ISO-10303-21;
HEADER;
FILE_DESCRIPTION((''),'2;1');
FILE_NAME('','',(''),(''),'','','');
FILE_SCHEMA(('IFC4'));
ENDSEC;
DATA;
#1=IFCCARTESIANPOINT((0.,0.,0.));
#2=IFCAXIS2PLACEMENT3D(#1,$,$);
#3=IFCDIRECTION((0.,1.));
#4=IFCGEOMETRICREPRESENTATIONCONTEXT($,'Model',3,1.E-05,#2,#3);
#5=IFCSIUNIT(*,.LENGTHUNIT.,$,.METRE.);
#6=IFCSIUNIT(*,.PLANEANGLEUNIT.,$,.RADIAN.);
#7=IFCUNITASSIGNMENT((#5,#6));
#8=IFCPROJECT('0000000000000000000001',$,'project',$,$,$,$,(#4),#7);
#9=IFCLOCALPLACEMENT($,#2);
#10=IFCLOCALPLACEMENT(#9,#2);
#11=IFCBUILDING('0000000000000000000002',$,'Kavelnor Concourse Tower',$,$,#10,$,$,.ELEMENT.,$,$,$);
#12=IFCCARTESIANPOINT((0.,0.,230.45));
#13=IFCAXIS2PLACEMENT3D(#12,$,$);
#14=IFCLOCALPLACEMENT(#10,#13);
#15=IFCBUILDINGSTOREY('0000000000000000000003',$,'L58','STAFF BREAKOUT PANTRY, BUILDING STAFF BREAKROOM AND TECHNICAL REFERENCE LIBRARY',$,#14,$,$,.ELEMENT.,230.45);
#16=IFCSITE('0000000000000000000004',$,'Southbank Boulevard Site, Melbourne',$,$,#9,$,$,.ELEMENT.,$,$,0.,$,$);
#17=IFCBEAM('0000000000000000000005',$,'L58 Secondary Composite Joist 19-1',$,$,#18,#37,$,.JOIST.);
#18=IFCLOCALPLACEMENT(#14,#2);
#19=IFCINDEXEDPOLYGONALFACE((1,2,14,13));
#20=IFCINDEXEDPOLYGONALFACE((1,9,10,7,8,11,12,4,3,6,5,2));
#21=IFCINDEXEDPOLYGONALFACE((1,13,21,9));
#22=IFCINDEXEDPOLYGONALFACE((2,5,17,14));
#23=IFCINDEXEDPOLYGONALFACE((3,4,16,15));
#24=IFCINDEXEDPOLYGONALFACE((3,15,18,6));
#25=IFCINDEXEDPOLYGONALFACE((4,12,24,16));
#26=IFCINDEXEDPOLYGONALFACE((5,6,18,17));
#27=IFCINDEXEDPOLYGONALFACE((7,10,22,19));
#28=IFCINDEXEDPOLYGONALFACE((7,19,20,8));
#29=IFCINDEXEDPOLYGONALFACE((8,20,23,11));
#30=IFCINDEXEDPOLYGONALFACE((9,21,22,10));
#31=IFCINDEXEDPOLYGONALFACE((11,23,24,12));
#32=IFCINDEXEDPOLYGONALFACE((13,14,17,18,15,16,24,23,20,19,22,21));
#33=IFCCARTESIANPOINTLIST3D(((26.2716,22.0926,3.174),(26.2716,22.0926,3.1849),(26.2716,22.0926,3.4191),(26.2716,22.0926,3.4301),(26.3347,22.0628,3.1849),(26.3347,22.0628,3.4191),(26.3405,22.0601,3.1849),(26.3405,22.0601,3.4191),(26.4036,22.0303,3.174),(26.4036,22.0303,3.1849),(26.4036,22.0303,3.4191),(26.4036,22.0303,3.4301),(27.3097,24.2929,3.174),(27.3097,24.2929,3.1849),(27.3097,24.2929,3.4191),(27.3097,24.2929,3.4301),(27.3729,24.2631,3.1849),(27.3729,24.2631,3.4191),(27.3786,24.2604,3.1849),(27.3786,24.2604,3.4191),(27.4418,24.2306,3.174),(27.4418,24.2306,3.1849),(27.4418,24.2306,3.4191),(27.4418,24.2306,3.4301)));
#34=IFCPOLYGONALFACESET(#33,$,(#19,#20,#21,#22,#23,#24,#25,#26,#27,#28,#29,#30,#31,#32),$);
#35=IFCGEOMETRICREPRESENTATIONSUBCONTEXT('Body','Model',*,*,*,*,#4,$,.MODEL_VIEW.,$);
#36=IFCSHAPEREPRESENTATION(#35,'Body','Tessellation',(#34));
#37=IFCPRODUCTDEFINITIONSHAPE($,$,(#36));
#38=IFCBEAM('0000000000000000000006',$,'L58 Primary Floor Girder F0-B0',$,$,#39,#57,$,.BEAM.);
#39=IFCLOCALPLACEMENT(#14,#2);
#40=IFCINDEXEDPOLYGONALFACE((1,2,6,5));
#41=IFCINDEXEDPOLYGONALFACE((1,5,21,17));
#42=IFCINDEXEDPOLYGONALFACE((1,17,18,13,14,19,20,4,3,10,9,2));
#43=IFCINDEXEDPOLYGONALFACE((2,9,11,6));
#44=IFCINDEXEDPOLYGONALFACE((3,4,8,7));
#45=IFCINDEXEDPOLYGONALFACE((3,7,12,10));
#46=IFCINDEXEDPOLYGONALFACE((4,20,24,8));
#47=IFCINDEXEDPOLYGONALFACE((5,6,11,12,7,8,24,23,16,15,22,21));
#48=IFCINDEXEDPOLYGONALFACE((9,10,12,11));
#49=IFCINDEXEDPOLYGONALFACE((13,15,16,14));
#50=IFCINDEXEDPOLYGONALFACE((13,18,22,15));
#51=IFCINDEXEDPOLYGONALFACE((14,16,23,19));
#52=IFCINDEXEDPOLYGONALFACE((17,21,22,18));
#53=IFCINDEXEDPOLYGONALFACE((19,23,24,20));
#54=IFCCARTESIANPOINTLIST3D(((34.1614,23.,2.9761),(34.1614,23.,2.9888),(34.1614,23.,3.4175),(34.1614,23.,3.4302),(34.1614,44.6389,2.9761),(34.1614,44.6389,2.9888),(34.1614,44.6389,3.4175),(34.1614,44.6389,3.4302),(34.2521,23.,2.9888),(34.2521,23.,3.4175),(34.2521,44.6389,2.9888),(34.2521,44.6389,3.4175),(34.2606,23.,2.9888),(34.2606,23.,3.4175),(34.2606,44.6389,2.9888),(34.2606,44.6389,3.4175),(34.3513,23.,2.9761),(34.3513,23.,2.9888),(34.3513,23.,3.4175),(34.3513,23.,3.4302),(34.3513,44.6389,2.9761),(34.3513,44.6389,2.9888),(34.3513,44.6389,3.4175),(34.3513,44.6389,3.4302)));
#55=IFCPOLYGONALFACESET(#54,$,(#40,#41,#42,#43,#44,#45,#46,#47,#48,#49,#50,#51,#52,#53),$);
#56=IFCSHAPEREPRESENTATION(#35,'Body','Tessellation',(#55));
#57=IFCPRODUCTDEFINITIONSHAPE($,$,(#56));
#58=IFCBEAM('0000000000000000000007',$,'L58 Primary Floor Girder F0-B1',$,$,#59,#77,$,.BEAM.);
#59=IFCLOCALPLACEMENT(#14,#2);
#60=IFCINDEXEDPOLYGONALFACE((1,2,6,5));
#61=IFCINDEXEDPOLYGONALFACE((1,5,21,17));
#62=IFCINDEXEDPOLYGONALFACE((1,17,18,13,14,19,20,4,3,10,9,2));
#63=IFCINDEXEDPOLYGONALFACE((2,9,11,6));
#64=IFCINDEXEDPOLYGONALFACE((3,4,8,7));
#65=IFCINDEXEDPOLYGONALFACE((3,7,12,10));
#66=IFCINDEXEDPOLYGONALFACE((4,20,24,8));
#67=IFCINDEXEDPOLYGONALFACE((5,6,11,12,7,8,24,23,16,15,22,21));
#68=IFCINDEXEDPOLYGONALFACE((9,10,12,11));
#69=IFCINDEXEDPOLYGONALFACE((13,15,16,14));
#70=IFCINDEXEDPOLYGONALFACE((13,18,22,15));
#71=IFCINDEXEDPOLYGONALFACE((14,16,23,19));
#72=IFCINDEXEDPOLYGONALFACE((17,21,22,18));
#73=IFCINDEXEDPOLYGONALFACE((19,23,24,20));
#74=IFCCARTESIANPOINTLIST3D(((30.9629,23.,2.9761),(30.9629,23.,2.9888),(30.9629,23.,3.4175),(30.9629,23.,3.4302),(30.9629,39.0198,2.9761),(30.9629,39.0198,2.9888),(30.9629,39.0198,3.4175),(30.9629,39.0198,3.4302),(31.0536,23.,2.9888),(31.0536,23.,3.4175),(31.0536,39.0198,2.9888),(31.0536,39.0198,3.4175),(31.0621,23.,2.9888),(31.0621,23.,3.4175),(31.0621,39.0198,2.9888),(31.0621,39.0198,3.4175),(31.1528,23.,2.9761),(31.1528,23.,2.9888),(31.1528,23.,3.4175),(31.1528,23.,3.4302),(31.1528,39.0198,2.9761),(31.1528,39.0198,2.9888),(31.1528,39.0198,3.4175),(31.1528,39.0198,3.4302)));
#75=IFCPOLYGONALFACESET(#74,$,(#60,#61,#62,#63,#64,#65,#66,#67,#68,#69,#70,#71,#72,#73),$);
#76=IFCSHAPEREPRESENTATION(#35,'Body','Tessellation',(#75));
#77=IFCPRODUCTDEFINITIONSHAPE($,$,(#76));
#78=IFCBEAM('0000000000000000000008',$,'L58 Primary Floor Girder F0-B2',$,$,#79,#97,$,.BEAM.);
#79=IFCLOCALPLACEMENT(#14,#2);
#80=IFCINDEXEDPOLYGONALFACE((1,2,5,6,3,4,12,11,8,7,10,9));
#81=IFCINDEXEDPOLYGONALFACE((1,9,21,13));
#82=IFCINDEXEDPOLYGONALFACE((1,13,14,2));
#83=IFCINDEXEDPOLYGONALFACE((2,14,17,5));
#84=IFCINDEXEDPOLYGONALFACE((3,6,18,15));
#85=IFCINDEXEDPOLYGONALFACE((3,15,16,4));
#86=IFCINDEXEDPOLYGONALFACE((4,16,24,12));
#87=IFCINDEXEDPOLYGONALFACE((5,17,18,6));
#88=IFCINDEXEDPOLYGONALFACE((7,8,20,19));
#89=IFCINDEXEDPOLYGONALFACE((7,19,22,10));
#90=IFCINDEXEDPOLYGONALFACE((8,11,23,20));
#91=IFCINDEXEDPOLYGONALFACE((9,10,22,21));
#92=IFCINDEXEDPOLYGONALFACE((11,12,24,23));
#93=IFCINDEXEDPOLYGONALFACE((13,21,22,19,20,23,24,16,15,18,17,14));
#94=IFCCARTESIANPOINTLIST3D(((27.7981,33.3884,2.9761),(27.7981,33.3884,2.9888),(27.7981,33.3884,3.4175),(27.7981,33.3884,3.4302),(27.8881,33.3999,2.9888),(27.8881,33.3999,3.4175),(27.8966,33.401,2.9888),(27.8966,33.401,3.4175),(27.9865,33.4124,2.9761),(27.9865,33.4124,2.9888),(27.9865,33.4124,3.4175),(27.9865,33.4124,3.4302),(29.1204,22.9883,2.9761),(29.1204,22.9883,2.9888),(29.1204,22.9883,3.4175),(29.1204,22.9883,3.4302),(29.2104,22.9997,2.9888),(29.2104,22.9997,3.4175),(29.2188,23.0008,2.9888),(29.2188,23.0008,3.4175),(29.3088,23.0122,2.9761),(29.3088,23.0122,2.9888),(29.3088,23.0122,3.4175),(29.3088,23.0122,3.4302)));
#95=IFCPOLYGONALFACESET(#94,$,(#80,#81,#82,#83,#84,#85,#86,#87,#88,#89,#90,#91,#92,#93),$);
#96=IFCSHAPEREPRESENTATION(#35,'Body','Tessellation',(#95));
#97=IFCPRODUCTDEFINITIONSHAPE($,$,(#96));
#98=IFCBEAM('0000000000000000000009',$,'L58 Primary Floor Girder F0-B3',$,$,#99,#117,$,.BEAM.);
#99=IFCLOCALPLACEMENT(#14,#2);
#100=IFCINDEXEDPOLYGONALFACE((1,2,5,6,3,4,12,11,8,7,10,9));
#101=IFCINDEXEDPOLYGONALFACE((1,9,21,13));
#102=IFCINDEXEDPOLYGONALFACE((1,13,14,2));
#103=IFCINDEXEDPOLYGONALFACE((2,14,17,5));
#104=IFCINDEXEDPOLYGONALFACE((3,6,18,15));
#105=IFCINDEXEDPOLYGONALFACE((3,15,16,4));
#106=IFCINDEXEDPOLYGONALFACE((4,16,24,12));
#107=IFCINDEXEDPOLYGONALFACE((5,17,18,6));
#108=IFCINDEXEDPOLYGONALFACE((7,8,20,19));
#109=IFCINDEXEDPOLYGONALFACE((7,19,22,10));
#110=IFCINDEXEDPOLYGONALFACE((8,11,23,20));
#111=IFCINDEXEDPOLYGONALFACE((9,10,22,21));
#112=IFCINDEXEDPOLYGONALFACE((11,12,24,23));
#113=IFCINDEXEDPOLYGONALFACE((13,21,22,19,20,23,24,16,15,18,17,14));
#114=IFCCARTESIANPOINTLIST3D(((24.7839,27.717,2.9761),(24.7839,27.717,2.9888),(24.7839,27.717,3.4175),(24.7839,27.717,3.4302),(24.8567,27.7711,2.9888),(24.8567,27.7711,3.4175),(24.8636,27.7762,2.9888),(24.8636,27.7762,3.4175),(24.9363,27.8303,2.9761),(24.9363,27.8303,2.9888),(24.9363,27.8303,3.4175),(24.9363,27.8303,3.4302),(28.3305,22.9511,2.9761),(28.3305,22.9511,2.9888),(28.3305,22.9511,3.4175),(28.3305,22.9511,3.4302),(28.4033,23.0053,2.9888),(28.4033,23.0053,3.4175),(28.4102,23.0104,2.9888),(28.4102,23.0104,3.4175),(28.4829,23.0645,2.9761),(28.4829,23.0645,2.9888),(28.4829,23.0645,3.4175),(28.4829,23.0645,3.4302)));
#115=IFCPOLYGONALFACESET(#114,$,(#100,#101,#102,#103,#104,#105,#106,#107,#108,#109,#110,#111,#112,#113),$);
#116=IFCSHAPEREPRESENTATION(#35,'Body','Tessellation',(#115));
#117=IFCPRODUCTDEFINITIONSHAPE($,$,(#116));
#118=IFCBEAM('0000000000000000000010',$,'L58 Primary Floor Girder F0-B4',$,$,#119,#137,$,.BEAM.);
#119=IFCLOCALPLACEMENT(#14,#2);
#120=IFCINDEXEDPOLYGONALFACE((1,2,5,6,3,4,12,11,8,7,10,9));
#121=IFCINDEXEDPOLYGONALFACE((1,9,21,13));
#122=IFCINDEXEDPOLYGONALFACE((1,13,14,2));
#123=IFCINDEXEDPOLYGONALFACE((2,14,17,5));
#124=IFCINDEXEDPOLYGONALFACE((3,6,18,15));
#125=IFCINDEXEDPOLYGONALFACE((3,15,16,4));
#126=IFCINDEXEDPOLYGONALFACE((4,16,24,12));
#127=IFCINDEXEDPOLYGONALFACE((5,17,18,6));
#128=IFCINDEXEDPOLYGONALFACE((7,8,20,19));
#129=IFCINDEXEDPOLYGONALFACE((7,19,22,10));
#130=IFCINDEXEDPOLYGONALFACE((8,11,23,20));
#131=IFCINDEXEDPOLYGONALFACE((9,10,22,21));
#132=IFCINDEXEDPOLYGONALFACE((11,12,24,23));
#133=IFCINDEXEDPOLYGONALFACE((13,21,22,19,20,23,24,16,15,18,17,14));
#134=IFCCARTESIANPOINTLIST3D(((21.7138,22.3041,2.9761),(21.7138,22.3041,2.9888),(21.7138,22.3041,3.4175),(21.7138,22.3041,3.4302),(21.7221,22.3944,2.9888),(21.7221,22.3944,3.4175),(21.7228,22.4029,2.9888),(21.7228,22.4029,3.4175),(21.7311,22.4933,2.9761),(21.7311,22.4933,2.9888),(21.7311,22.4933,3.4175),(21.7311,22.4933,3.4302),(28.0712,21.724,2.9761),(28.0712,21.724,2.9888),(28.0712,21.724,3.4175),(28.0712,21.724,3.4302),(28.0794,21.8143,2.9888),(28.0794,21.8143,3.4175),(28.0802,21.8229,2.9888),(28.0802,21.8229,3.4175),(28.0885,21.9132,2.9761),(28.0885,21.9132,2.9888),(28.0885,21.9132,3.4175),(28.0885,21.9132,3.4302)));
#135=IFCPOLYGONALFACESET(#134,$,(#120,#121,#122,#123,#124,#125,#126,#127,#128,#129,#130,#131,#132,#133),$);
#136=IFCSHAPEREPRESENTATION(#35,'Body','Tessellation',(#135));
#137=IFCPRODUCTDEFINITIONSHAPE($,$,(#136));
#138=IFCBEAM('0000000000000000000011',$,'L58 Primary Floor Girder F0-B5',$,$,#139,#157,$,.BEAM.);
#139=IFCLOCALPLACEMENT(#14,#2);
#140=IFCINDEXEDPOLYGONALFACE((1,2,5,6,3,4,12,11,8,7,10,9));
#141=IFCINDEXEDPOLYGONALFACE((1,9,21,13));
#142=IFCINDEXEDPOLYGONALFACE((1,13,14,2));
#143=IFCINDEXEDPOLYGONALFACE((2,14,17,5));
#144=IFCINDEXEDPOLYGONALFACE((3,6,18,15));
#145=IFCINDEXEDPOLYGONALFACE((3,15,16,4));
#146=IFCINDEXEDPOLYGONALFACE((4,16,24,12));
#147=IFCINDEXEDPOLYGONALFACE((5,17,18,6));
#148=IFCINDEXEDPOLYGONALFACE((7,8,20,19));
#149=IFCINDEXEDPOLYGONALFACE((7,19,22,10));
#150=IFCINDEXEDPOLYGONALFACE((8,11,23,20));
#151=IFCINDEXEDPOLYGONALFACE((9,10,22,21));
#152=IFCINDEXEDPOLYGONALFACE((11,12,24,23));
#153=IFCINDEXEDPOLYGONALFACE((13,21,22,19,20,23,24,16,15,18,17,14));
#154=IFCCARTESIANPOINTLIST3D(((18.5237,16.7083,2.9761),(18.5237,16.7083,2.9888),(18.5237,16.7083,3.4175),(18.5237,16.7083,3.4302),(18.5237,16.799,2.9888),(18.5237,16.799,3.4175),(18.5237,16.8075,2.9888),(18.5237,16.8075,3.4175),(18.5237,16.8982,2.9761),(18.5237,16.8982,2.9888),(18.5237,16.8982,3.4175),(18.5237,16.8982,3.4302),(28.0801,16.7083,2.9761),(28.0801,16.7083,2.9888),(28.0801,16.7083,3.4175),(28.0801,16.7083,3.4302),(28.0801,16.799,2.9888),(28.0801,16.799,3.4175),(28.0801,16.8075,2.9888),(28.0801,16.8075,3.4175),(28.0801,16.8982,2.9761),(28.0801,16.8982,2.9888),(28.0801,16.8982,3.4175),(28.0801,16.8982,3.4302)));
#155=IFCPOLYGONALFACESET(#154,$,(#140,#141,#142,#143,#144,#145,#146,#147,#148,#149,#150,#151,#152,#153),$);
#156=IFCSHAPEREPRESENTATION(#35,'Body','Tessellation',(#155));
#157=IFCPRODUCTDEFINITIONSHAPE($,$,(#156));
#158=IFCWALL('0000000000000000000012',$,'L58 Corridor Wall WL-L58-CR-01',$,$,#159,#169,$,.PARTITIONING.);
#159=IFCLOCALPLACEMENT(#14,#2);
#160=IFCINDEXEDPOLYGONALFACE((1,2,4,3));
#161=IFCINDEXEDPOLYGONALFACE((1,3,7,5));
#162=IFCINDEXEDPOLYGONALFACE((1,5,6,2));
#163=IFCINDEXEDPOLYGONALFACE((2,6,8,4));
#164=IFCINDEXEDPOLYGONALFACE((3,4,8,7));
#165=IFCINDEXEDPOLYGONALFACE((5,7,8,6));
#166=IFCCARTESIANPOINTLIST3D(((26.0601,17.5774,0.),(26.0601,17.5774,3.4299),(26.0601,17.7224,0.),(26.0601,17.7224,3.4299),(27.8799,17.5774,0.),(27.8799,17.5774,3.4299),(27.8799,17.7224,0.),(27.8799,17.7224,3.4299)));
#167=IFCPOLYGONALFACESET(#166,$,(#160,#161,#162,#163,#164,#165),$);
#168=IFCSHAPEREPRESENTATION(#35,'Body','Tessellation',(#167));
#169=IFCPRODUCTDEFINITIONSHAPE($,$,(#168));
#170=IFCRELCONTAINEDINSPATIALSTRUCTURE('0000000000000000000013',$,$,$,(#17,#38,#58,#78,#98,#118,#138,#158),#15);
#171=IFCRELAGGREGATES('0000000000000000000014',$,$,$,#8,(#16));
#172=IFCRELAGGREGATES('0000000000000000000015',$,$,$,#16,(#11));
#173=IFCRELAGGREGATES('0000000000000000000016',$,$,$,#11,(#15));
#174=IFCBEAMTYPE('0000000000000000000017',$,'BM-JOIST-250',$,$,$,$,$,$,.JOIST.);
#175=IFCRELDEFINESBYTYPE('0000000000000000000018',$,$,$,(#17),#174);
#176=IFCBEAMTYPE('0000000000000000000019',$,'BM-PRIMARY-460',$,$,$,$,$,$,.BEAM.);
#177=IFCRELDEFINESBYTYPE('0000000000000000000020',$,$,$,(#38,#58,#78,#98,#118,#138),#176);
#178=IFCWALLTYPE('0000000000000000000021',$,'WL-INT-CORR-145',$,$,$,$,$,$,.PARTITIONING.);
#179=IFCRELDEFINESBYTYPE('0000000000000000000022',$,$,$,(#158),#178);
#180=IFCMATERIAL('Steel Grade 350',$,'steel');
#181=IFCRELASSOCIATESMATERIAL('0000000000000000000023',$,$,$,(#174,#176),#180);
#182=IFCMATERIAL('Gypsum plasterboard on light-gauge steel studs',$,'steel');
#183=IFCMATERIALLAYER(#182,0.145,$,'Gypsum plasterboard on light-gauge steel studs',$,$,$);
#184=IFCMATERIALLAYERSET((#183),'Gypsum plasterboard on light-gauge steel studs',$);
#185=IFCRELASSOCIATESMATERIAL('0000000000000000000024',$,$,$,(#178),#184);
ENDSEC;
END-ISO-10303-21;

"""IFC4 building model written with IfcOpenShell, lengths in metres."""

from ifc_helpers import new_model, si_unit, direction, frame, frame_2d, origin, origin_2d, place, context, subcontext, project, spatial, rectangle, i_section, extrude, material, layer, layer_set, material_profile, profile_set, type_object, element, save


model = new_model("IFC4")

# Units and contexts
model_context = context("Model", 3, precision=1e-05, world=origin(), true_north=direction((0.0, 1.0)))
body_context = subcontext(model_context, "Body", "Model", "MODEL_VIEW")
ifc_project = project(units=[si_unit("LENGTHUNIT", "METRE"), si_unit("PLANEANGLEUNIT", "RADIAN")], contexts=[model_context])

# Site, building, storey
site_placement = place(None, origin())
site = spatial("IfcSite", under=ifc_project, at=site_placement, Name="Southbank Boulevard Site, Melbourne", CompositionType="ELEMENT", RefElevation=0.0)
building_placement = place(site_placement, origin())
building = spatial("IfcBuilding", under=site, at=building_placement, Name="Kavelnor Concourse Tower", CompositionType="ELEMENT")
storey_placement = place(building_placement, frame((0.0, 0.0, 230.45)))
storey = spatial("IfcBuildingStorey", under=building, at=storey_placement, Name="L58", Description="STAFF BREAKOUT PANTRY, BUILDING STAFF BREAKROOM AND TECHNICAL REFERENCE LIBRARY", CompositionType="ELEMENT", Elevation=230.45)

# Beams
ifc_material_1 = material(Name="Steel Grade 350", Category="steel")
ifc_material_profile_1 = material_profile(ifc_material_1, i_section(OverallWidth=0.146, OverallDepth=0.2561, WebThickness=0.0063, FlangeThickness=0.011, at=origin_2d()), Name="250UB37")
ifc_profile_set_1 = profile_set([ifc_material_profile_1], Name="Steel Grade 350")
beam_type_1 = type_object("IfcBeamType", Name="BM-JOIST-250", PredefinedType="JOIST", material=ifc_profile_set_1)
beam_1_placement = place(storey_placement, frame((27.3757, 24.2617, 3.302), z_axis=(-0.426705, -0.904391, 0.0), x_axis=(0.904391, -0.426705, 0.0)))
element("IfcBeam", 1, at=beam_1_placement, inside=storey, type_object=beam_type_1, Name="L58 Secondary Composite Joist 19-1", PredefinedType="JOIST", context=body_context, shape_type="SweptSolid", body=[
    extrude(i_section(OverallWidth=0.146, OverallDepth=0.2561, WebThickness=0.0063, FlangeThickness=0.011, at=origin_2d()), origin(), (0.0, 0.0, 1.0), 2.4329),
])
ifc_material_profile_2 = material_profile(ifc_material_1, i_section(OverallWidth=0.1899, OverallDepth=0.4541, WebThickness=0.0085, FlangeThickness=0.0127, at=origin_2d()), Name="460UB67")
ifc_profile_set_2 = profile_set([ifc_material_profile_2], Name="Steel Grade 350")
beam_type_2 = type_object("IfcBeamType", Name="BM-PRIMARY-460", PredefinedType="BEAM", material=ifc_profile_set_2)
beam_2_placement = place(storey_placement, frame((34.2563, 23.0, 3.2031), z_axis=(0.0, 1.0, 0.0), x_axis=(-1.0, 0.0, 0.0)))
element("IfcBeam", 2, at=beam_2_placement, inside=storey, type_object=beam_type_2, Name="L58 Primary Floor Girder F0-B0", PredefinedType="BEAM", context=body_context, shape_type="SweptSolid", body=[
    extrude(i_section(OverallWidth=0.1899, OverallDepth=0.4541, WebThickness=0.0085, FlangeThickness=0.0127, at=origin_2d()), origin(), (0.0, 0.0, 1.0), 21.6389),
])
beam_3_placement = place(storey_placement, frame((31.0579, 23.0, 3.2031), z_axis=(0.0, 1.0, 0.0), x_axis=(-1.0, 0.0, 0.0)))
element("IfcBeam", 3, at=beam_3_placement, inside=storey, type_object=beam_type_2, Name="L58 Primary Floor Girder F0-B1", PredefinedType="BEAM", context=body_context, shape_type="SweptSolid", body=[
    extrude(i_section(OverallWidth=0.1899, OverallDepth=0.4541, WebThickness=0.0085, FlangeThickness=0.0127, at=origin_2d()), origin(), (0.0, 0.0, 1.0), 16.0198),
])
beam_4_placement = place(storey_placement, frame((29.2146, 23.0002, 3.2031), z_axis=(-0.126124, 0.992015, 0.0), x_axis=(-0.992015, -0.126124, 0.0)))
element("IfcBeam", 4, at=beam_4_placement, inside=storey, type_object=beam_type_2, Name="L58 Primary Floor Girder F0-B2", PredefinedType="BEAM", context=body_context, shape_type="SweptSolid", body=[
    extrude(i_section(OverallWidth=0.1899, OverallDepth=0.4541, WebThickness=0.0085, FlangeThickness=0.0127, at=origin_2d()), origin(), (0.0, 0.0, 1.0), 10.4839),
])
beam_5_placement = place(storey_placement, frame((28.4067, 23.0078, 3.2031), z_axis=(-0.597004, 0.802238, 0.0), x_axis=(-0.802238, -0.597004, 0.0)))
element("IfcBeam", 5, at=beam_5_placement, inside=storey, type_object=beam_type_2, Name="L58 Primary Floor Girder F0-B3", PredefinedType="BEAM", context=body_context, shape_type="SweptSolid", body=[
    extrude(i_section(OverallWidth=0.1899, OverallDepth=0.4541, WebThickness=0.0085, FlangeThickness=0.0127, at=origin_2d()), origin(), (0.0, 0.0, 1.0), 5.9407),
])
beam_6_placement = place(storey_placement, frame((28.0798, 21.8186, 3.2031), z_axis=(-0.995863, 0.090867, 0.0), x_axis=(-0.090867, -0.995863, 0.0)))
element("IfcBeam", 6, at=beam_6_placement, inside=storey, type_object=beam_type_2, Name="L58 Primary Floor Girder F0-B4", PredefinedType="BEAM", context=body_context, shape_type="SweptSolid", body=[
    extrude(i_section(OverallWidth=0.1899, OverallDepth=0.4541, WebThickness=0.0085, FlangeThickness=0.0127, at=origin_2d()), origin(), (0.0, 0.0, 1.0), 6.3838),
])
beam_7_placement = place(storey_placement, frame((28.0801, 16.8032, 3.2031), z_axis=(-1.0, 0.0, 0.0), x_axis=(0.0, -1.0, 0.0)))
element("IfcBeam", 7, at=beam_7_placement, inside=storey, type_object=beam_type_2, Name="L58 Primary Floor Girder F0-B5", PredefinedType="BEAM", context=body_context, shape_type="SweptSolid", body=[
    extrude(i_section(OverallWidth=0.1899, OverallDepth=0.4541, WebThickness=0.0085, FlangeThickness=0.0127, at=origin_2d()), origin(), (0.0, 0.0, 1.0), 9.5564),
])

# Wall
ifc_material_2 = material(Name="Gypsum plasterboard on light-gauge steel studs", Category="steel")
ifc_layer_1 = layer(ifc_material_2, 0.145, Name="Gypsum plasterboard on light-gauge steel studs")
ifc_layer_set_1 = layer_set([ifc_layer_1], Name="Gypsum plasterboard on light-gauge steel studs")
wall_type_1 = type_object("IfcWallType", Name="WL-INT-CORR-145", PredefinedType="PARTITIONING", material=ifc_layer_set_1)
wall_1_placement = place(storey_placement, frame((27.8799, 17.6499, 0.0), z_axis=(0.0, 0.0, 1.0), x_axis=(-1.0, 0.0, 0.0)))
element("IfcWall", 8, at=wall_1_placement, inside=storey, type_object=wall_type_1, Name="L58 Corridor Wall WL-L58-CR-01", PredefinedType="PARTITIONING", context=body_context, shape_type="SweptSolid", body=[
    extrude(rectangle(XDim=1.8198, YDim=0.145, at=frame_2d((0.9099, 0.0))), origin(), (0.0, 0.0, 1.0), 3.4299),
])

save(model, "model.ifc")
